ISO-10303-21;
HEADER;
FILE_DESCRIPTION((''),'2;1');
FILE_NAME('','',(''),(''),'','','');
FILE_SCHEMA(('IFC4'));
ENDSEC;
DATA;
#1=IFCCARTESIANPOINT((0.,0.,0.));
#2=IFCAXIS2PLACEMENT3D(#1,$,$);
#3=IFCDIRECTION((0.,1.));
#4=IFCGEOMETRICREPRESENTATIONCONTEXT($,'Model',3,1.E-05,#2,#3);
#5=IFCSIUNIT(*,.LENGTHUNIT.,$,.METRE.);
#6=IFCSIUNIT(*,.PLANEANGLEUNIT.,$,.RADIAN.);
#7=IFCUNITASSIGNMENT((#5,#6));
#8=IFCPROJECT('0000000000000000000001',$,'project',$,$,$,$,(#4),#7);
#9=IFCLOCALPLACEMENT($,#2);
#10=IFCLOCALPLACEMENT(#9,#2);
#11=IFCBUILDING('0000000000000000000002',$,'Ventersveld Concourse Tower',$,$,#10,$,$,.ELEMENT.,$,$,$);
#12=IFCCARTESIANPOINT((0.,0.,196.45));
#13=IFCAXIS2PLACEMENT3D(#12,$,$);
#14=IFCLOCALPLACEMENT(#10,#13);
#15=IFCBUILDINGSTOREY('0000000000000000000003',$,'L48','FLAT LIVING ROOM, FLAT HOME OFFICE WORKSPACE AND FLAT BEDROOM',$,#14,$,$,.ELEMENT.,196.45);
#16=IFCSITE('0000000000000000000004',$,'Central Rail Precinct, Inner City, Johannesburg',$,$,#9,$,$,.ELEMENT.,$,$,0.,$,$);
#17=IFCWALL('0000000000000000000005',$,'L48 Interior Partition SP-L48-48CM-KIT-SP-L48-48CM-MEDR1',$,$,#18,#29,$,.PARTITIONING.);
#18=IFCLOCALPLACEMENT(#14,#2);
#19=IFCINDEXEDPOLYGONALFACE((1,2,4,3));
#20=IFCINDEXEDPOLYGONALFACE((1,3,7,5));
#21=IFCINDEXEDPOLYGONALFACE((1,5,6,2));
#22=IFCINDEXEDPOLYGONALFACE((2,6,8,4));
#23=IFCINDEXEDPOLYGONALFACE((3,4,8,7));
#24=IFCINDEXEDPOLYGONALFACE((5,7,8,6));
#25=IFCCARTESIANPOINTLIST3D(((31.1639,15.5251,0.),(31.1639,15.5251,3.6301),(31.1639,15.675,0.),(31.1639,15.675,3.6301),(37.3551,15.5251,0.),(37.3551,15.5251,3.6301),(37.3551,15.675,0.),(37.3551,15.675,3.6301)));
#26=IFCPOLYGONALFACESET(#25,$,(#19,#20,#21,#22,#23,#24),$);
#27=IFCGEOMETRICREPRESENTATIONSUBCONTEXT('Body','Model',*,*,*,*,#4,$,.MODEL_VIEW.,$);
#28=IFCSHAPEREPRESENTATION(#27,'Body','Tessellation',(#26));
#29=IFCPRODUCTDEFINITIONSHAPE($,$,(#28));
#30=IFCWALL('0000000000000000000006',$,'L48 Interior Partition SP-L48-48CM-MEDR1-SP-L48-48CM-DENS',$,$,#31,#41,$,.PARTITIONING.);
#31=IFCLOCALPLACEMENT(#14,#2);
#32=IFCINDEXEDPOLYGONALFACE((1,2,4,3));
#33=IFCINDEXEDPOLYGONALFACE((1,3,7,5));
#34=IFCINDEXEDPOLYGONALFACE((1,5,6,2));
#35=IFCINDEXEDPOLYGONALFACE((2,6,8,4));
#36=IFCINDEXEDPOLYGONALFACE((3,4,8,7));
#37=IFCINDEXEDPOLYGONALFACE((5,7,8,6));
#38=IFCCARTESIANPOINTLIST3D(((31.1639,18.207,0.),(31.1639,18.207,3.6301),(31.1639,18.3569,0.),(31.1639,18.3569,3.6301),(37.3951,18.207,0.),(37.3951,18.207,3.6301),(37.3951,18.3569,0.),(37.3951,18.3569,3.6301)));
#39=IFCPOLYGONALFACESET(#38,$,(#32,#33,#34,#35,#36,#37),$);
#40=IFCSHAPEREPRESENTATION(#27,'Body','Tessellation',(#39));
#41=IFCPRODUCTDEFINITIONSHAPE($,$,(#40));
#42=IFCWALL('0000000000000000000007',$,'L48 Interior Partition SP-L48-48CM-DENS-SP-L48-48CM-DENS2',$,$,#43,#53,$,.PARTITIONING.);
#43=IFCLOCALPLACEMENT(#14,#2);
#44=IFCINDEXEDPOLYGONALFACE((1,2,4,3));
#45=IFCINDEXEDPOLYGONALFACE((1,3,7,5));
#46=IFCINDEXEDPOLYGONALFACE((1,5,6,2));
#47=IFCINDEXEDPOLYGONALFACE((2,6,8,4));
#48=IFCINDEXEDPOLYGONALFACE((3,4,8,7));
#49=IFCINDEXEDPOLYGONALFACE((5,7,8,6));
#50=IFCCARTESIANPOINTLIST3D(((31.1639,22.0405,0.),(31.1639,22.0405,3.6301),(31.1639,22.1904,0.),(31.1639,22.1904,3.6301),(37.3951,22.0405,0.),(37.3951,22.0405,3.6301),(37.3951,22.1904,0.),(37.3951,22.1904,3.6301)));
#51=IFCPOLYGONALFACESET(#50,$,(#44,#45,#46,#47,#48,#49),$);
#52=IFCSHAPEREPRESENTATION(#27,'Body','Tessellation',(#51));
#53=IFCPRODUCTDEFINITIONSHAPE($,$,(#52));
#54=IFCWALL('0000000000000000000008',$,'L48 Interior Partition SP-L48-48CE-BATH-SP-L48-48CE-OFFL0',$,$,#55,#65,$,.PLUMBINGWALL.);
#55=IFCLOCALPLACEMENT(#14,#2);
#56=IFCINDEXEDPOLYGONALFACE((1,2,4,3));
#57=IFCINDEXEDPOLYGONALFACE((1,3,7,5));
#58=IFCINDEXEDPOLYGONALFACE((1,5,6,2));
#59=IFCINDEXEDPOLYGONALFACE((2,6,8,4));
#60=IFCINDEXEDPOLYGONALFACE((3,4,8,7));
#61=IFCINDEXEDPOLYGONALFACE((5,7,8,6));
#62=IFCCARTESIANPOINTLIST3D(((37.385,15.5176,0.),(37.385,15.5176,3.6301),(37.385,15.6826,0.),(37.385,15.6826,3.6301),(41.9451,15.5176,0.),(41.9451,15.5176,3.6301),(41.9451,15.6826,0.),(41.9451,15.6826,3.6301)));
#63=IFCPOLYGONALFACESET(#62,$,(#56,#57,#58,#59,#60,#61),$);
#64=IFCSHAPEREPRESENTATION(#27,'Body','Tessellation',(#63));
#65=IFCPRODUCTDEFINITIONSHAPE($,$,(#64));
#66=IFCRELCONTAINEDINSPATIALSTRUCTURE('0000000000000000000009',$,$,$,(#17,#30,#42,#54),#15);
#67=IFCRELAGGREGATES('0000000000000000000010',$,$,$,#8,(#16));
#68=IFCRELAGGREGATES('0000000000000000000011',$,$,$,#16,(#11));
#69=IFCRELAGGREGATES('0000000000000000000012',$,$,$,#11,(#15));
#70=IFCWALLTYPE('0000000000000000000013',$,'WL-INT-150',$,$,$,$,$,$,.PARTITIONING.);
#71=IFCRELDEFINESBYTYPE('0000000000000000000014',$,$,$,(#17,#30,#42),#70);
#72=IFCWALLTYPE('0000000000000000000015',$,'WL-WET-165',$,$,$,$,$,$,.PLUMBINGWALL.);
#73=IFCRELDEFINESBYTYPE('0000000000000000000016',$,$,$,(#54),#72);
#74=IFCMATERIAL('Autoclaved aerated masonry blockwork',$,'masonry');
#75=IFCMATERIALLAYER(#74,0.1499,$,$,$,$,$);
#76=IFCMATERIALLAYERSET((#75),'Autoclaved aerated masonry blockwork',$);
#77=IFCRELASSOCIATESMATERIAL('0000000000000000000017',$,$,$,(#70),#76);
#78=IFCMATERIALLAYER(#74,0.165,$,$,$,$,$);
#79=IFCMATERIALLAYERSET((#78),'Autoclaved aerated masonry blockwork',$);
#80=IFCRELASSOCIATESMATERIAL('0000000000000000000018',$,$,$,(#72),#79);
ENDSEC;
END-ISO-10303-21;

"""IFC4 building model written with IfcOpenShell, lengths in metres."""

from ifc_helpers import new_model, si_unit, direction, frame, frame_2d, origin, place, context, subcontext, project, spatial, rectangle, extrude, material, layer, layer_set, type_object, element, save


model = new_model("IFC4")

# Units and contexts
model_context = context("Model", 3, precision=1e-05, world=origin(), true_north=direction((0.0, 1.0)))
body_context = subcontext(model_context, "Body", "Model", "MODEL_VIEW")
ifc_project = project(units=[si_unit("LENGTHUNIT", "METRE"), si_unit("PLANEANGLEUNIT", "RADIAN")], contexts=[model_context])

# Site, building, storey
site_placement = place(None, origin())
site = spatial("IfcSite", under=ifc_project, at=site_placement, Name="Central Rail Precinct, Inner City, Johannesburg", CompositionType="ELEMENT", RefElevation=0.0)
building_placement = place(site_placement, origin())
building = spatial("IfcBuilding", under=site, at=building_placement, Name="Ventersveld Concourse Tower", CompositionType="ELEMENT")
storey_placement = place(building_placement, frame((0.0, 0.0, 196.45)))
storey = spatial("IfcBuildingStorey", under=building, at=storey_placement, Name="L48", Description="FLAT LIVING ROOM, FLAT HOME OFFICE WORKSPACE AND FLAT BEDROOM", CompositionType="ELEMENT", Elevation=196.45)

# Shared definitions
ifc_material_1 = material(Name="Autoclaved aerated masonry blockwork", Category="masonry")
ifc_layer_1 = layer(ifc_material_1, 0.1499)
ifc_layer_set_1 = layer_set([ifc_layer_1], Name="Autoclaved aerated masonry blockwork")
wall_type_1 = type_object("IfcWallType", Name="WL-INT-150", PredefinedType="PARTITIONING", material=ifc_layer_set_1)

# Walls
wall_1_placement = place(storey_placement, frame((31.1638, 15.6001, 0.0), z_axis=(0.0, 0.0, 1.0), x_axis=(1.0, 0.0, 0.0)))
element("IfcWall", 1, at=wall_1_placement, inside=storey, type_object=wall_type_1, Name="L48 Interior Partition SP-L48-48CM-KIT-SP-L48-48CM-MEDR1", PredefinedType="PARTITIONING", context=body_context, shape_type="SweptSolid", body=[
    extrude(rectangle(XDim=6.1912, YDim=0.1499, at=frame_2d((3.0957, 0.0))), origin(), (0.0, 0.0, 1.0), 3.6301),
])
for number, where, z_axis, x_axis, name in (
    (2, (31.1638, 18.282, 0.0), (0.0, 0.0, 1.0), (1.0, 0.0, 0.0), "L48 Interior Partition SP-L48-48CM-MEDR1-SP-L48-48CM-DENS"),
    (3, (31.1638, 22.1155, 0.0), (0.0, 0.0, 1.0), (1.0, 0.0, 0.0), "L48 Interior Partition SP-L48-48CM-DENS-SP-L48-48CM-DENS2"),
):
    element("IfcWall", number, at=place(storey_placement, frame(where, z_axis=z_axis, x_axis=x_axis)), inside=storey, type_object=wall_type_1, Name=name, PredefinedType="PARTITIONING", context=body_context, shape_type="SweptSolid", body=[
        extrude(rectangle(XDim=6.2312, YDim=0.1499, at=frame_2d((3.1157, 0.0))), origin(), (0.0, 0.0, 1.0), 3.6301),
    ])
ifc_layer_2 = layer(ifc_material_1, 0.165)
ifc_layer_set_2 = layer_set([ifc_layer_2], Name="Autoclaved aerated masonry blockwork")
wall_type_2 = type_object("IfcWallType", Name="WL-WET-165", PredefinedType="PLUMBINGWALL", material=ifc_layer_set_2)
wall_2_placement = place(storey_placement, frame((37.385, 15.6001, 0.0), z_axis=(0.0, 0.0, 1.0), x_axis=(1.0, 0.0, 0.0)))
element("IfcWall", 4, at=wall_2_placement, inside=storey, type_object=wall_type_2, Name="L48 Interior Partition SP-L48-48CE-BATH-SP-L48-48CE-OFFL0", PredefinedType="PLUMBINGWALL", context=body_context, shape_type="SweptSolid", body=[
    extrude(rectangle(XDim=4.5601, YDim=0.165, at=frame_2d((2.28, 0.0))), origin(), (0.0, 0.0, 1.0), 3.6301),
])

save(model, "model.ifc")
